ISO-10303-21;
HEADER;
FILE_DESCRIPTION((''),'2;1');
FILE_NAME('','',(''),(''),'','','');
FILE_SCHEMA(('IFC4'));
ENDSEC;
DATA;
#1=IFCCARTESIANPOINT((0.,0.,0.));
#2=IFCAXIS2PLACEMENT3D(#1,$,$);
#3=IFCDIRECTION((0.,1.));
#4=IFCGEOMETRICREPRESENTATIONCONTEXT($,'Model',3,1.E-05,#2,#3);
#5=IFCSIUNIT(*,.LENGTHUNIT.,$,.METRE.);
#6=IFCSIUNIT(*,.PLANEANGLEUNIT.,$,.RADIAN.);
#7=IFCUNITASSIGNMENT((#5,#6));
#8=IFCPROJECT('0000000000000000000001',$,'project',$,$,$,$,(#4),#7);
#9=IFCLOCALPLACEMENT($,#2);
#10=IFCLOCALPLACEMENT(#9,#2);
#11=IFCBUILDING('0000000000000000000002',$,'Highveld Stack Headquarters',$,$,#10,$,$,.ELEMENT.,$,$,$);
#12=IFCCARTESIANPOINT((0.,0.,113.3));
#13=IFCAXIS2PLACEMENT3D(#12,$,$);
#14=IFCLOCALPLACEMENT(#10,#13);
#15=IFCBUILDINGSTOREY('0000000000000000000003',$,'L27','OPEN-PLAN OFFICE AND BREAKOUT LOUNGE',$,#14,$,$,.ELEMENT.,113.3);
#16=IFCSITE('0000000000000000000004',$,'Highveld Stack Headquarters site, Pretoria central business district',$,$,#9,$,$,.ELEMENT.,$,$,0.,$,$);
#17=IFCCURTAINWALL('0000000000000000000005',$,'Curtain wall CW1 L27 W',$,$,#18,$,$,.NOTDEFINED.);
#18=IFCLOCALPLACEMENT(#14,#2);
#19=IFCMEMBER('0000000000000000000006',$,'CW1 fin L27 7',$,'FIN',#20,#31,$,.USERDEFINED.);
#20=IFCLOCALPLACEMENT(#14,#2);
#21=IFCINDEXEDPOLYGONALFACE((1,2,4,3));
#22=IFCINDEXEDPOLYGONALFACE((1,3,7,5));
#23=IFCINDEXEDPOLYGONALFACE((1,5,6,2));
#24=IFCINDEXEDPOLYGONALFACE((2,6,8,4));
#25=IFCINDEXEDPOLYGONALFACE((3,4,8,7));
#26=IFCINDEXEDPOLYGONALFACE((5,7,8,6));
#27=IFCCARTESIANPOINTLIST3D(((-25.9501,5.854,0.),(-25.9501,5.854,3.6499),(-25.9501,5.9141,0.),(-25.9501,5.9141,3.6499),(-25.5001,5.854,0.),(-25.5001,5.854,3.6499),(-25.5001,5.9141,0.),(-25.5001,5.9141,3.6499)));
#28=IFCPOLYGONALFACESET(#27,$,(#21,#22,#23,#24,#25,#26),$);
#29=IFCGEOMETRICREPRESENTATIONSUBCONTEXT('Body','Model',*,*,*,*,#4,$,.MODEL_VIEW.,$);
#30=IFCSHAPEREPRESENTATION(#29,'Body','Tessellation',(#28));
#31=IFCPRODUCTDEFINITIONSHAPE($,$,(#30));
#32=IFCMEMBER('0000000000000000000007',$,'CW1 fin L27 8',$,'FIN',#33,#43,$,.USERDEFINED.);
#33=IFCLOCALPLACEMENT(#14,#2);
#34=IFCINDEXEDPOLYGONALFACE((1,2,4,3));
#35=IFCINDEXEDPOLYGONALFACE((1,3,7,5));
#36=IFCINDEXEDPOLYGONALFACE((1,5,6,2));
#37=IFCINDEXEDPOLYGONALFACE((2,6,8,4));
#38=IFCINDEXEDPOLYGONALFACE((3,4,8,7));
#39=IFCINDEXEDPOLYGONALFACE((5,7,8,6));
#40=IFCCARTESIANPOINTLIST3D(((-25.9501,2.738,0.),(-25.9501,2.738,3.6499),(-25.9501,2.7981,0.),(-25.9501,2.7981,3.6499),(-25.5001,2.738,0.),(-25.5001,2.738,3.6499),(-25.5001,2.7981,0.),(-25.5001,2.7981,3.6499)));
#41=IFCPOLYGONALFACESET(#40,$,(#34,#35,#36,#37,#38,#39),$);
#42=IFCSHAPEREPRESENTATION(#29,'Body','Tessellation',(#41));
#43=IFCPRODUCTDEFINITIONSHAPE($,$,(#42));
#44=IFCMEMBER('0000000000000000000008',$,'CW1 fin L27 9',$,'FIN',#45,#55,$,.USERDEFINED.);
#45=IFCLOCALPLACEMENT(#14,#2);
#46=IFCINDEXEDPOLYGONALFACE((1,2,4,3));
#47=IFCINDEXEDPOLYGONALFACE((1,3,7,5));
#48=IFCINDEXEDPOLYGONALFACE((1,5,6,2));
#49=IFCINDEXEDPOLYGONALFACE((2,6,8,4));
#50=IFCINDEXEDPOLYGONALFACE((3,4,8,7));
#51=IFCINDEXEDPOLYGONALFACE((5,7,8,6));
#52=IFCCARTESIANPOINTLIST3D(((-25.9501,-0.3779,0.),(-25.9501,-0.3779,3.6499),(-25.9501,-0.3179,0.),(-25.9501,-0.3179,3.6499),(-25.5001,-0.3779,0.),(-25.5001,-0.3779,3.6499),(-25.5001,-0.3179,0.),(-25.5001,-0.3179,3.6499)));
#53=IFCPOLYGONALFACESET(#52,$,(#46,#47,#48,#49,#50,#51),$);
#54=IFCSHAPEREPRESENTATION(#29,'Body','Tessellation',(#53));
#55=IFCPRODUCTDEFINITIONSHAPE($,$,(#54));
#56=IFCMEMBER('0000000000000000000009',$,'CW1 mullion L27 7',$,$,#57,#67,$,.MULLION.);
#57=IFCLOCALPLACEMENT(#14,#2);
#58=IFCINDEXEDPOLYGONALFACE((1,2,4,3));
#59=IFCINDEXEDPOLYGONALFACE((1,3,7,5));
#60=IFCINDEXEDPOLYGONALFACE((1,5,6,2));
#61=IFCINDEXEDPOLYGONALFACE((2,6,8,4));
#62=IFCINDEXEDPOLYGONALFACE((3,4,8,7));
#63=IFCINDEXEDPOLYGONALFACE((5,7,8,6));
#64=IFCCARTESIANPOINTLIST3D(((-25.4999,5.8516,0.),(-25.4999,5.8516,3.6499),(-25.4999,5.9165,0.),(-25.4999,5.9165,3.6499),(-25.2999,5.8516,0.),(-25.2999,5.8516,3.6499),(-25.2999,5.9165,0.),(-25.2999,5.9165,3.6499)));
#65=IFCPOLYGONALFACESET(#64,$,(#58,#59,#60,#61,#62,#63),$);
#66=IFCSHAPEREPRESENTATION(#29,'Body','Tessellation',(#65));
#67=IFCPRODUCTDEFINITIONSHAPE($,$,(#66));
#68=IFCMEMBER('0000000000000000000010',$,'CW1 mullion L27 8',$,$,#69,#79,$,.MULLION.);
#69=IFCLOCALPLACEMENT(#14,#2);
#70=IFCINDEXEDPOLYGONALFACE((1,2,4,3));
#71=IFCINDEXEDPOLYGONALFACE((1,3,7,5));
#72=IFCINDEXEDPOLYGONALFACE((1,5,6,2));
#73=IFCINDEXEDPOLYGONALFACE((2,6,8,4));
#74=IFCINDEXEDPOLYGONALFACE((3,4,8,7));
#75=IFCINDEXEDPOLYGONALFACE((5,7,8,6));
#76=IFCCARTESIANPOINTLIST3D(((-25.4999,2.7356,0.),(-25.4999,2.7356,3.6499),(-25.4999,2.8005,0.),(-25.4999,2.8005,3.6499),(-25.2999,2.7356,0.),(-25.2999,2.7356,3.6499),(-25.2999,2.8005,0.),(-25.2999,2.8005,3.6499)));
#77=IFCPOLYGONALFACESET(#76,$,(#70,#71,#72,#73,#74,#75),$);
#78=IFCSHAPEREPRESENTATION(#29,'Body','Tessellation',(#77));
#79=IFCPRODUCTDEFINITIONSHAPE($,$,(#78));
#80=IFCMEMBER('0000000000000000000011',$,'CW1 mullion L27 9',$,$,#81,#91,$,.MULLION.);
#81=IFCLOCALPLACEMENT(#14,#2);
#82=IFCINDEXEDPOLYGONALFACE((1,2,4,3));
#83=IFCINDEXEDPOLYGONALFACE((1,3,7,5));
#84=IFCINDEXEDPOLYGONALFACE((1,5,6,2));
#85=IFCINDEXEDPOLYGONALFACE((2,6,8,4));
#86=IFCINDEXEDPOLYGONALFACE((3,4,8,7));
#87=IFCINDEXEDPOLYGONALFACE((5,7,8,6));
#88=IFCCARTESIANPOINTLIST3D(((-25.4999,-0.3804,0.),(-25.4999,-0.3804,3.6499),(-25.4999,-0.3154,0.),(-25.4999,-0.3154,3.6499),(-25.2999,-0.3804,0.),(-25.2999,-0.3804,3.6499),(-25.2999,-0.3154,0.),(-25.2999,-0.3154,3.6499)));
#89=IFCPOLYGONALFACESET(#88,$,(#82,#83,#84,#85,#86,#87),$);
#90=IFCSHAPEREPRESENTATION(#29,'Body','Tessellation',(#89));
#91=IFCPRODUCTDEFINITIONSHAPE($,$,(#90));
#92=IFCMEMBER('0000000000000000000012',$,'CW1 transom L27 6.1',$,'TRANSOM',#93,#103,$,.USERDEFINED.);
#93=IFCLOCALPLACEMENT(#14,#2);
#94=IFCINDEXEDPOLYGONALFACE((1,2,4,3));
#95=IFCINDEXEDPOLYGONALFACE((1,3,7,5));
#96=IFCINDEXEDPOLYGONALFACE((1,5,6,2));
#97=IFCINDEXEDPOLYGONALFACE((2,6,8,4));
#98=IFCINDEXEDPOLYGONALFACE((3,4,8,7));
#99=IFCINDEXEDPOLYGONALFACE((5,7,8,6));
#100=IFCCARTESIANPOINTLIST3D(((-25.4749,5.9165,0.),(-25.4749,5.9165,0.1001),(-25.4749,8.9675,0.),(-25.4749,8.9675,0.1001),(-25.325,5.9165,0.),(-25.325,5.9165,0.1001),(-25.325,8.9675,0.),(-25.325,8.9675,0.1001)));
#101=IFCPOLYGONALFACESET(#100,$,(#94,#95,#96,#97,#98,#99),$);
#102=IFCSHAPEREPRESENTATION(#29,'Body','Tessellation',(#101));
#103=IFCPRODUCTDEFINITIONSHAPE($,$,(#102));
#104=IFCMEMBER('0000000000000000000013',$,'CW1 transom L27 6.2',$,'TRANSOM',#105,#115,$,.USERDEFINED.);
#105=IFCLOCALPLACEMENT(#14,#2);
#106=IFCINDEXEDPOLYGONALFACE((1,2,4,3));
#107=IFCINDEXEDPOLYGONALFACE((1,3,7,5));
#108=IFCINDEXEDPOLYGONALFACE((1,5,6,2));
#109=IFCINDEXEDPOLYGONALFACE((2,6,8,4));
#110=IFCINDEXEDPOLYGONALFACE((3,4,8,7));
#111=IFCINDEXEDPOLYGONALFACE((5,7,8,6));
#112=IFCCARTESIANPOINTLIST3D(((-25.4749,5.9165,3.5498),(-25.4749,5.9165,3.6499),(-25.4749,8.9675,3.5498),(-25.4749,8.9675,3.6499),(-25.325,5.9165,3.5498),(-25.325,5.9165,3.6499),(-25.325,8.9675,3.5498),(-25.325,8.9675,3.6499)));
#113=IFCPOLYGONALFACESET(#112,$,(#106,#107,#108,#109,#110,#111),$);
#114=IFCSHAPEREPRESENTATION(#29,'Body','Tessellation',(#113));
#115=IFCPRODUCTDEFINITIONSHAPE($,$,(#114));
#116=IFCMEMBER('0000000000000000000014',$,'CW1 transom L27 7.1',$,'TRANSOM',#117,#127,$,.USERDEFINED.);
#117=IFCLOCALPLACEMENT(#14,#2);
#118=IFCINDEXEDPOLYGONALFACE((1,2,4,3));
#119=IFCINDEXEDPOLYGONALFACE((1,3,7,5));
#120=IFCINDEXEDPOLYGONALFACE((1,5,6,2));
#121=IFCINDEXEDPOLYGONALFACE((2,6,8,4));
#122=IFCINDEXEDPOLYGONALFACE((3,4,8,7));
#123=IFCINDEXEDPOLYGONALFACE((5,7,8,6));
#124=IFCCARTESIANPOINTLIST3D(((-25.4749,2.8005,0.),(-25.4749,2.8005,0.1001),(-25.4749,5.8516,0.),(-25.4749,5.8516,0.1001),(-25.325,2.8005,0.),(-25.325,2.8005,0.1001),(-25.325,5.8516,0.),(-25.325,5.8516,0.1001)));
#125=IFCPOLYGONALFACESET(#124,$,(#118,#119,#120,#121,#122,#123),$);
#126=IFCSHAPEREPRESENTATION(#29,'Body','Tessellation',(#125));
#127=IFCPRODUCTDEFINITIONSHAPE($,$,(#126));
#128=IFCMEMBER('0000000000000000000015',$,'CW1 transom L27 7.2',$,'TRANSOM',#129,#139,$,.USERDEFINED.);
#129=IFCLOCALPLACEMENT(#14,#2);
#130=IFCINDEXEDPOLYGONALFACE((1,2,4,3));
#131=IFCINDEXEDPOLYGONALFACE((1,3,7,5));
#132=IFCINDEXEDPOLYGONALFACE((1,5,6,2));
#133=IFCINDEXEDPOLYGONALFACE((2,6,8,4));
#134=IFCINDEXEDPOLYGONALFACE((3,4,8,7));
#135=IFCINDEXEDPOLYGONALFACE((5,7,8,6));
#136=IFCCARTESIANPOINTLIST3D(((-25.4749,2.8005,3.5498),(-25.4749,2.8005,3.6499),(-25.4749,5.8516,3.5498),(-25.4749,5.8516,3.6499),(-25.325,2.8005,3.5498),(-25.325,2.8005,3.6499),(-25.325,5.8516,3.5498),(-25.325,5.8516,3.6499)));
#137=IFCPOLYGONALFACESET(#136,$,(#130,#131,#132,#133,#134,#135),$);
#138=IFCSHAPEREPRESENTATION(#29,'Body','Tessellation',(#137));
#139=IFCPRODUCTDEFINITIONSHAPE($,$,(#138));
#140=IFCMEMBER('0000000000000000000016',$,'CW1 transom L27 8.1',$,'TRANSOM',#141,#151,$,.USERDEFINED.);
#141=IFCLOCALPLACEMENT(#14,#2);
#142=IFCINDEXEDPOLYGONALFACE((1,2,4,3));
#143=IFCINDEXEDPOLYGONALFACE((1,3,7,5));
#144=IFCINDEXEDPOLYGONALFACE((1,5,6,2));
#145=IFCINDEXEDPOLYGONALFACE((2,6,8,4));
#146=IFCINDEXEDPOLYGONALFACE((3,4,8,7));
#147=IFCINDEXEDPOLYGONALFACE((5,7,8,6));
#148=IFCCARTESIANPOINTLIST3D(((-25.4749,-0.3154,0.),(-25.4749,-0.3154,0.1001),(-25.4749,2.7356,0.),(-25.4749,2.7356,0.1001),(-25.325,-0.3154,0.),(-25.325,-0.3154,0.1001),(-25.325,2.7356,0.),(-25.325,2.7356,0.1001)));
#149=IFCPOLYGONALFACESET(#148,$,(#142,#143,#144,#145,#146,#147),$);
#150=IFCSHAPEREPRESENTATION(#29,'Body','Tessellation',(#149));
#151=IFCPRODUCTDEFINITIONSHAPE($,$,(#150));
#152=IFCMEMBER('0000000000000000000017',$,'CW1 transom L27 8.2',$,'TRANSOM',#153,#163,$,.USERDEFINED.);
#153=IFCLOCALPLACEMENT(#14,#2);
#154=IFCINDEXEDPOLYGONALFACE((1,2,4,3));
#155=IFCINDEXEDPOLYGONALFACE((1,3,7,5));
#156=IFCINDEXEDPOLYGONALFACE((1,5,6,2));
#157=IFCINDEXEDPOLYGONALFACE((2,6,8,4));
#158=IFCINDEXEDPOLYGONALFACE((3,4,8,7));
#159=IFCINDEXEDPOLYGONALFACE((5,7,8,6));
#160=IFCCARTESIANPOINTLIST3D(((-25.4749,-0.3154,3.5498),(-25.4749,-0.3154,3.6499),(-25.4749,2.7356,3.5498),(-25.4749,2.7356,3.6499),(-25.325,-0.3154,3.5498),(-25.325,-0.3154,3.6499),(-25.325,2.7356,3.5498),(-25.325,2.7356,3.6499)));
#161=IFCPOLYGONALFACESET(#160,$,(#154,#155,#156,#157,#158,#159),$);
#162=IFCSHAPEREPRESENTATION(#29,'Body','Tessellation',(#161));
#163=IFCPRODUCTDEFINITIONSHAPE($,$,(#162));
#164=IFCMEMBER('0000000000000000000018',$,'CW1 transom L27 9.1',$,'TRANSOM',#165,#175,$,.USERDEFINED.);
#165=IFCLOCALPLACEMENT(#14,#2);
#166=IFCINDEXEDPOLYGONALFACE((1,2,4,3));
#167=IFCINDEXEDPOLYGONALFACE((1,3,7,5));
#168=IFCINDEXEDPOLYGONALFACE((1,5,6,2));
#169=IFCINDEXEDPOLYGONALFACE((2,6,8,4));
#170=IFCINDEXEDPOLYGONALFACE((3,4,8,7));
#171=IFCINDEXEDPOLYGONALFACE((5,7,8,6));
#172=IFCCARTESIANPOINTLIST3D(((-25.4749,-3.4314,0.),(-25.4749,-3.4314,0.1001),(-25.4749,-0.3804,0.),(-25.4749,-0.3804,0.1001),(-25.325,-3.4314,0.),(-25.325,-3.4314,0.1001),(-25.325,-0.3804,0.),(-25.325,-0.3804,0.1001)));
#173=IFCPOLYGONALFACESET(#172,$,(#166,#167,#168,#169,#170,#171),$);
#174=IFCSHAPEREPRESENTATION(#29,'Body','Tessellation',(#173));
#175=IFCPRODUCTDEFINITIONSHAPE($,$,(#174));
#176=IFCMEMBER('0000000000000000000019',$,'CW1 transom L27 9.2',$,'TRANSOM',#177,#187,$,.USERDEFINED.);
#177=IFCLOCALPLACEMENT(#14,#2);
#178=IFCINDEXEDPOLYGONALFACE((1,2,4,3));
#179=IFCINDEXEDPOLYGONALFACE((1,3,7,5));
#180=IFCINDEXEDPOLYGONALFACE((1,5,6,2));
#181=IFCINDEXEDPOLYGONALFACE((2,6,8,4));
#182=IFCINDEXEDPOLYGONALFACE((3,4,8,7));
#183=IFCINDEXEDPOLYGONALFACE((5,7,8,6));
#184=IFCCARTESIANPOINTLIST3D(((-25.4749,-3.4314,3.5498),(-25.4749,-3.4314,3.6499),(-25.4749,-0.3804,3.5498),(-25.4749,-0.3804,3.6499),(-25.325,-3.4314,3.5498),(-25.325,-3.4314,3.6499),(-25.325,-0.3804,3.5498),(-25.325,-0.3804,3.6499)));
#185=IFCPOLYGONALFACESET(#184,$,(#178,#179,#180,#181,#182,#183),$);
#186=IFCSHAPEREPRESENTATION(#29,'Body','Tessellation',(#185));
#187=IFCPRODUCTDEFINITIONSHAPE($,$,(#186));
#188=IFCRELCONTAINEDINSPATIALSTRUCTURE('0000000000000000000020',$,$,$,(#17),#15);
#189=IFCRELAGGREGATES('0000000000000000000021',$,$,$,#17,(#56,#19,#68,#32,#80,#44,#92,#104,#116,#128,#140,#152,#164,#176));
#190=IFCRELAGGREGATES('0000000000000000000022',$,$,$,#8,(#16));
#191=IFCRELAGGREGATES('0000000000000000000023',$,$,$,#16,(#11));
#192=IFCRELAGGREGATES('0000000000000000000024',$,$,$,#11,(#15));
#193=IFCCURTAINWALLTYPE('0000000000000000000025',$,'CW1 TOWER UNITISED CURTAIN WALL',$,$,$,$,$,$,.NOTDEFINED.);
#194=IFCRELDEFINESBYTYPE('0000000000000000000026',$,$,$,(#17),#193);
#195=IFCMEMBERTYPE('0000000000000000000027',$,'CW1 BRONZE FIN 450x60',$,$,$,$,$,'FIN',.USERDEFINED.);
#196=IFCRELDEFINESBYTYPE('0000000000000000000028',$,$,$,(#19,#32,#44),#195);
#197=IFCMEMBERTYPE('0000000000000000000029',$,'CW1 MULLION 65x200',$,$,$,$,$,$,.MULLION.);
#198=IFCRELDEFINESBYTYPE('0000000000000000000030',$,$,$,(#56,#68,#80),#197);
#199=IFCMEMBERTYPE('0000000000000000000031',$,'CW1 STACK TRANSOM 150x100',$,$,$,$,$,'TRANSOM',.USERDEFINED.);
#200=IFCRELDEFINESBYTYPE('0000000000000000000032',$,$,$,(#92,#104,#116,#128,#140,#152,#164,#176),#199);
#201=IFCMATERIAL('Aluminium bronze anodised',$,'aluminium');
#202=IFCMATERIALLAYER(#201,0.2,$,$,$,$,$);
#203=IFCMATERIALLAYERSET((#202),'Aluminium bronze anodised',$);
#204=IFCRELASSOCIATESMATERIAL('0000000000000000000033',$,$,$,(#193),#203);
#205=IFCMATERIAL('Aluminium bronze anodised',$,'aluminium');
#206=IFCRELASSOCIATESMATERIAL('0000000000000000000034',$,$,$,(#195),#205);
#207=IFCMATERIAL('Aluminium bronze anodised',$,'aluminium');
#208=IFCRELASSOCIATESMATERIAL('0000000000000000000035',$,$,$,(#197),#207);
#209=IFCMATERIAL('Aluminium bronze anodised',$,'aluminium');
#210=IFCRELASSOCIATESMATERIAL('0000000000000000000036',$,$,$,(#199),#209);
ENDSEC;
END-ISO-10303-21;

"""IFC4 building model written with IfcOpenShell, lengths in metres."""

from ifc_helpers import new_model, si_unit, direction, frame, origin, origin_2d, place, context, subcontext, project, spatial, rectangle, extrude, material, layer, layer_set, material_profile, profile_set, type_object, element, aggregate, save


model = new_model("IFC4")

# Units and contexts
model_context = context("Model", 3, precision=1e-05, world=origin(), true_north=direction((0.0, 1.0)))
body_context = subcontext(model_context, "Body", "Model", "MODEL_VIEW")
ifc_project = project(units=[si_unit("LENGTHUNIT", "METRE"), si_unit("PLANEANGLEUNIT", "RADIAN")], contexts=[model_context])

# Site, building, storey
site_placement = place(None, origin())
site = spatial("IfcSite", under=ifc_project, at=site_placement, Name="Highveld Stack Headquarters site, Pretoria central business district", CompositionType="ELEMENT", RefElevation=0.0)
building_placement = place(site_placement, origin())
building = spatial("IfcBuilding", under=site, at=building_placement, Name="Highveld Stack Headquarters", CompositionType="ELEMENT")
storey_placement = place(building_placement, frame((0.0, 0.0, 113.3)))
storey = spatial("IfcBuildingStorey", under=building, at=storey_placement, Name="L27", Description="OPEN-PLAN OFFICE AND BREAKOUT LOUNGE", CompositionType="ELEMENT", Elevation=113.3)

# Curtain wall, members
ifc_material_1 = material(Name="Aluminium bronze anodised", Category="aluminium")
ifc_layer_1 = layer(ifc_material_1, 0.2)
ifc_layer_set_1 = layer_set([ifc_layer_1], Name="Aluminium bronze anodised")
curtain_wall_type = type_object("IfcCurtainWallType", Name="CW1 TOWER UNITISED CURTAIN WALL", PredefinedType="NOTDEFINED", material=ifc_layer_set_1)
curtain_wall_placement = place(storey_placement, origin())
curtain_wall = element("IfcCurtainWall", 1, at=curtain_wall_placement, inside=storey, type_object=curtain_wall_type, Name="Curtain wall CW1 L27 W", PredefinedType="NOTDEFINED")
ifc_material_2 = material(Name="Aluminium bronze anodised", Category="aluminium")
ifc_material_profile_1 = material_profile(ifc_material_2, rectangle(XDim=0.45, YDim=0.0601, at=origin_2d()), Name="FIN 450x60")
ifc_profile_set_1 = profile_set([ifc_material_profile_1], Name="Aluminium bronze anodised")
member_type_1 = type_object("IfcMemberType", Name="CW1 BRONZE FIN 450x60", ElementType="FIN", PredefinedType="USERDEFINED", material=ifc_profile_set_1)
member_1_placement = place(storey_placement, frame((-25.7251, 5.884, 0.0), z_axis=(0.0, 0.0, 1.0), x_axis=(1.0, 0.0, 0.0)))
member_1 = element("IfcMember", 2, at=member_1_placement, type_object=member_type_1, Name="CW1 fin L27 7", ObjectType="FIN", PredefinedType="USERDEFINED", context=body_context, shape_type="SweptSolid", body=[
    extrude(rectangle(XDim=0.45, YDim=0.0601, at=origin_2d()), origin(), (0.0, 0.0, 1.0), 3.6499),
])
member_2_placement = place(storey_placement, frame((-25.7251, 2.7681, 0.0), z_axis=(0.0, 0.0, 1.0), x_axis=(1.0, 0.0, 0.0)))
member_2 = element("IfcMember", 3, at=member_2_placement, type_object=member_type_1, Name="CW1 fin L27 8", ObjectType="FIN", PredefinedType="USERDEFINED", context=body_context, shape_type="SweptSolid", body=[
    extrude(rectangle(XDim=0.45, YDim=0.0601, at=origin_2d()), origin(), (0.0, 0.0, 1.0), 3.6499),
])
member_3_placement = place(storey_placement, frame((-25.7251, -0.3479, 0.0), z_axis=(0.0, 0.0, 1.0), x_axis=(1.0, 0.0, 0.0)))
member_3 = element("IfcMember", 4, at=member_3_placement, type_object=member_type_1, Name="CW1 fin L27 9", ObjectType="FIN", PredefinedType="USERDEFINED", context=body_context, shape_type="SweptSolid", body=[
    extrude(rectangle(XDim=0.45, YDim=0.0601, at=origin_2d()), origin(), (0.0, 0.0, 1.0), 3.6499),
])
ifc_material_3 = material(Name="Aluminium bronze anodised", Category="aluminium")
ifc_material_profile_2 = material_profile(ifc_material_3, rectangle(XDim=0.2, YDim=0.0649, at=origin_2d()), Name="CW1 MULLION 65x200")
ifc_profile_set_2 = profile_set([ifc_material_profile_2], Name="Aluminium bronze anodised")
member_type_2 = type_object("IfcMemberType", Name="CW1 MULLION 65x200", PredefinedType="MULLION", material=ifc_profile_set_2)
member_4_placement = place(storey_placement, frame((-25.3999, 5.884, 0.0), z_axis=(0.0, 0.0, 1.0), x_axis=(1.0, 0.0, 0.0)))
member_4 = element("IfcMember", 5, at=member_4_placement, type_object=member_type_2, Name="CW1 mullion L27 7", PredefinedType="MULLION", context=body_context, shape_type="SweptSolid", body=[
    extrude(rectangle(XDim=0.2, YDim=0.0649, at=origin_2d()), origin(), (0.0, 0.0, 1.0), 3.6499),
])
member_5_placement = place(storey_placement, frame((-25.3999, 2.7681, 0.0), z_axis=(0.0, 0.0, 1.0), x_axis=(1.0, 0.0, 0.0)))
member_5 = element("IfcMember", 6, at=member_5_placement, type_object=member_type_2, Name="CW1 mullion L27 8", PredefinedType="MULLION", context=body_context, shape_type="SweptSolid", body=[
    extrude(rectangle(XDim=0.2, YDim=0.0649, at=origin_2d()), origin(), (0.0, 0.0, 1.0), 3.6499),
])
member_6_placement = place(storey_placement, frame((-25.3999, -0.3479, 0.0), z_axis=(0.0, 0.0, 1.0), x_axis=(1.0, 0.0, 0.0)))
member_6 = element("IfcMember", 7, at=member_6_placement, type_object=member_type_2, Name="CW1 mullion L27 9", PredefinedType="MULLION", context=body_context, shape_type="SweptSolid", body=[
    extrude(rectangle(XDim=0.2, YDim=0.0649, at=origin_2d()), origin(), (0.0, 0.0, 1.0), 3.6499),
])
ifc_material_4 = material(Name="Aluminium bronze anodised", Category="aluminium")
ifc_material_profile_3 = material_profile(ifc_material_4, rectangle(XDim=0.1499, YDim=0.1001, at=origin_2d()), Name="CW1 TRANSOM 150x100")
ifc_profile_set_3 = profile_set([ifc_material_profile_3], Name="Aluminium bronze anodised")
member_type_3 = type_object("IfcMemberType", Name="CW1 STACK TRANSOM 150x100", ElementType="TRANSOM", PredefinedType="USERDEFINED", material=ifc_profile_set_3)
member_7_placement = place(storey_placement, frame((-25.3999, 8.9675, 0.05), z_axis=(0.0, -1.0, 0.0), x_axis=(1.0, 0.0, 0.0)))
member_7 = element("IfcMember", 8, at=member_7_placement, type_object=member_type_3, Name="CW1 transom L27 6.1", ObjectType="TRANSOM", PredefinedType="USERDEFINED", context=body_context, shape_type="SweptSolid", body=[
    extrude(rectangle(XDim=0.1499, YDim=0.1001, at=origin_2d()), origin(), (0.0, 0.0, 1.0), 3.051),
])
member_8_placement = place(storey_placement, frame((-25.3999, 8.9675, 3.5999), z_axis=(0.0, -1.0, 0.0), x_axis=(1.0, 0.0, 0.0)))
member_8 = element("IfcMember", 9, at=member_8_placement, type_object=member_type_3, Name="CW1 transom L27 6.2", ObjectType="TRANSOM", PredefinedType="USERDEFINED", context=body_context, shape_type="SweptSolid", body=[
    extrude(rectangle(XDim=0.1499, YDim=0.1001, at=origin_2d()), origin(), (0.0, 0.0, 1.0), 3.051),
])
member_9_placement = place(storey_placement, frame((-25.3999, 5.8516, 0.05), z_axis=(0.0, -1.0, 0.0), x_axis=(1.0, 0.0, 0.0)))
member_9 = element("IfcMember", 10, at=member_9_placement, type_object=member_type_3, Name="CW1 transom L27 7.1", ObjectType="TRANSOM", PredefinedType="USERDEFINED", context=body_context, shape_type="SweptSolid", body=[
    extrude(rectangle(XDim=0.1499, YDim=0.1001, at=origin_2d()), origin(), (0.0, 0.0, 1.0), 3.051),
])
member_10_placement = place(storey_placement, frame((-25.3999, 5.8516, 3.5999), z_axis=(0.0, -1.0, 0.0), x_axis=(1.0, 0.0, 0.0)))
member_10 = element("IfcMember", 11, at=member_10_placement, type_object=member_type_3, Name="CW1 transom L27 7.2", ObjectType="TRANSOM", PredefinedType="USERDEFINED", context=body_context, shape_type="SweptSolid", body=[
    extrude(rectangle(XDim=0.1499, YDim=0.1001, at=origin_2d()), origin(), (0.0, 0.0, 1.0), 3.051),
])
member_11_placement = place(storey_placement, frame((-25.3999, 2.7356, 0.05), z_axis=(0.0, -1.0, 0.0), x_axis=(1.0, 0.0, 0.0)))
member_11 = element("IfcMember", 12, at=member_11_placement, type_object=member_type_3, Name="CW1 transom L27 8.1", ObjectType="TRANSOM", PredefinedType="USERDEFINED", context=body_context, shape_type="SweptSolid", body=[
    extrude(rectangle(XDim=0.1499, YDim=0.1001, at=origin_2d()), origin(), (0.0, 0.0, 1.0), 3.051),
])
member_12_placement = place(storey_placement, frame((-25.3999, 2.7356, 3.5999), z_axis=(0.0, -1.0, 0.0), x_axis=(1.0, 0.0, 0.0)))
member_12 = element("IfcMember", 13, at=member_12_placement, type_object=member_type_3, Name="CW1 transom L27 8.2", ObjectType="TRANSOM", PredefinedType="USERDEFINED", context=body_context, shape_type="SweptSolid", body=[
    extrude(rectangle(XDim=0.1499, YDim=0.1001, at=origin_2d()), origin(), (0.0, 0.0, 1.0), 3.051),
])
member_13_placement = place(storey_placement, frame((-25.3999, -0.3804, 0.05), z_axis=(0.0, -1.0, 0.0), x_axis=(1.0, 0.0, 0.0)))
member_13 = element("IfcMember", 14, at=member_13_placement, type_object=member_type_3, Name="CW1 transom L27 9.1", ObjectType="TRANSOM", PredefinedType="USERDEFINED", context=body_context, shape_type="SweptSolid", body=[
    extrude(rectangle(XDim=0.1499, YDim=0.1001, at=origin_2d()), origin(), (0.0, 0.0, 1.0), 3.051),
])
member_14_placement = place(storey_placement, frame((-25.3999, -0.3804, 3.5999), z_axis=(0.0, -1.0, 0.0), x_axis=(1.0, 0.0, 0.0)))
member_14 = element("IfcMember", 15, at=member_14_placement, type_object=member_type_3, Name="CW1 transom L27 9.2", ObjectType="TRANSOM", PredefinedType="USERDEFINED", context=body_context, shape_type="SweptSolid", body=[
    extrude(rectangle(XDim=0.1499, YDim=0.1001, at=origin_2d()), origin(), (0.0, 0.0, 1.0), 3.051),
])

aggregate(curtain_wall, [member_4, member_1, member_5, member_2, member_6, member_3, member_7, member_8, member_9, member_10, member_11, member_12, member_13, member_14])

save(model, "model.ifc")
